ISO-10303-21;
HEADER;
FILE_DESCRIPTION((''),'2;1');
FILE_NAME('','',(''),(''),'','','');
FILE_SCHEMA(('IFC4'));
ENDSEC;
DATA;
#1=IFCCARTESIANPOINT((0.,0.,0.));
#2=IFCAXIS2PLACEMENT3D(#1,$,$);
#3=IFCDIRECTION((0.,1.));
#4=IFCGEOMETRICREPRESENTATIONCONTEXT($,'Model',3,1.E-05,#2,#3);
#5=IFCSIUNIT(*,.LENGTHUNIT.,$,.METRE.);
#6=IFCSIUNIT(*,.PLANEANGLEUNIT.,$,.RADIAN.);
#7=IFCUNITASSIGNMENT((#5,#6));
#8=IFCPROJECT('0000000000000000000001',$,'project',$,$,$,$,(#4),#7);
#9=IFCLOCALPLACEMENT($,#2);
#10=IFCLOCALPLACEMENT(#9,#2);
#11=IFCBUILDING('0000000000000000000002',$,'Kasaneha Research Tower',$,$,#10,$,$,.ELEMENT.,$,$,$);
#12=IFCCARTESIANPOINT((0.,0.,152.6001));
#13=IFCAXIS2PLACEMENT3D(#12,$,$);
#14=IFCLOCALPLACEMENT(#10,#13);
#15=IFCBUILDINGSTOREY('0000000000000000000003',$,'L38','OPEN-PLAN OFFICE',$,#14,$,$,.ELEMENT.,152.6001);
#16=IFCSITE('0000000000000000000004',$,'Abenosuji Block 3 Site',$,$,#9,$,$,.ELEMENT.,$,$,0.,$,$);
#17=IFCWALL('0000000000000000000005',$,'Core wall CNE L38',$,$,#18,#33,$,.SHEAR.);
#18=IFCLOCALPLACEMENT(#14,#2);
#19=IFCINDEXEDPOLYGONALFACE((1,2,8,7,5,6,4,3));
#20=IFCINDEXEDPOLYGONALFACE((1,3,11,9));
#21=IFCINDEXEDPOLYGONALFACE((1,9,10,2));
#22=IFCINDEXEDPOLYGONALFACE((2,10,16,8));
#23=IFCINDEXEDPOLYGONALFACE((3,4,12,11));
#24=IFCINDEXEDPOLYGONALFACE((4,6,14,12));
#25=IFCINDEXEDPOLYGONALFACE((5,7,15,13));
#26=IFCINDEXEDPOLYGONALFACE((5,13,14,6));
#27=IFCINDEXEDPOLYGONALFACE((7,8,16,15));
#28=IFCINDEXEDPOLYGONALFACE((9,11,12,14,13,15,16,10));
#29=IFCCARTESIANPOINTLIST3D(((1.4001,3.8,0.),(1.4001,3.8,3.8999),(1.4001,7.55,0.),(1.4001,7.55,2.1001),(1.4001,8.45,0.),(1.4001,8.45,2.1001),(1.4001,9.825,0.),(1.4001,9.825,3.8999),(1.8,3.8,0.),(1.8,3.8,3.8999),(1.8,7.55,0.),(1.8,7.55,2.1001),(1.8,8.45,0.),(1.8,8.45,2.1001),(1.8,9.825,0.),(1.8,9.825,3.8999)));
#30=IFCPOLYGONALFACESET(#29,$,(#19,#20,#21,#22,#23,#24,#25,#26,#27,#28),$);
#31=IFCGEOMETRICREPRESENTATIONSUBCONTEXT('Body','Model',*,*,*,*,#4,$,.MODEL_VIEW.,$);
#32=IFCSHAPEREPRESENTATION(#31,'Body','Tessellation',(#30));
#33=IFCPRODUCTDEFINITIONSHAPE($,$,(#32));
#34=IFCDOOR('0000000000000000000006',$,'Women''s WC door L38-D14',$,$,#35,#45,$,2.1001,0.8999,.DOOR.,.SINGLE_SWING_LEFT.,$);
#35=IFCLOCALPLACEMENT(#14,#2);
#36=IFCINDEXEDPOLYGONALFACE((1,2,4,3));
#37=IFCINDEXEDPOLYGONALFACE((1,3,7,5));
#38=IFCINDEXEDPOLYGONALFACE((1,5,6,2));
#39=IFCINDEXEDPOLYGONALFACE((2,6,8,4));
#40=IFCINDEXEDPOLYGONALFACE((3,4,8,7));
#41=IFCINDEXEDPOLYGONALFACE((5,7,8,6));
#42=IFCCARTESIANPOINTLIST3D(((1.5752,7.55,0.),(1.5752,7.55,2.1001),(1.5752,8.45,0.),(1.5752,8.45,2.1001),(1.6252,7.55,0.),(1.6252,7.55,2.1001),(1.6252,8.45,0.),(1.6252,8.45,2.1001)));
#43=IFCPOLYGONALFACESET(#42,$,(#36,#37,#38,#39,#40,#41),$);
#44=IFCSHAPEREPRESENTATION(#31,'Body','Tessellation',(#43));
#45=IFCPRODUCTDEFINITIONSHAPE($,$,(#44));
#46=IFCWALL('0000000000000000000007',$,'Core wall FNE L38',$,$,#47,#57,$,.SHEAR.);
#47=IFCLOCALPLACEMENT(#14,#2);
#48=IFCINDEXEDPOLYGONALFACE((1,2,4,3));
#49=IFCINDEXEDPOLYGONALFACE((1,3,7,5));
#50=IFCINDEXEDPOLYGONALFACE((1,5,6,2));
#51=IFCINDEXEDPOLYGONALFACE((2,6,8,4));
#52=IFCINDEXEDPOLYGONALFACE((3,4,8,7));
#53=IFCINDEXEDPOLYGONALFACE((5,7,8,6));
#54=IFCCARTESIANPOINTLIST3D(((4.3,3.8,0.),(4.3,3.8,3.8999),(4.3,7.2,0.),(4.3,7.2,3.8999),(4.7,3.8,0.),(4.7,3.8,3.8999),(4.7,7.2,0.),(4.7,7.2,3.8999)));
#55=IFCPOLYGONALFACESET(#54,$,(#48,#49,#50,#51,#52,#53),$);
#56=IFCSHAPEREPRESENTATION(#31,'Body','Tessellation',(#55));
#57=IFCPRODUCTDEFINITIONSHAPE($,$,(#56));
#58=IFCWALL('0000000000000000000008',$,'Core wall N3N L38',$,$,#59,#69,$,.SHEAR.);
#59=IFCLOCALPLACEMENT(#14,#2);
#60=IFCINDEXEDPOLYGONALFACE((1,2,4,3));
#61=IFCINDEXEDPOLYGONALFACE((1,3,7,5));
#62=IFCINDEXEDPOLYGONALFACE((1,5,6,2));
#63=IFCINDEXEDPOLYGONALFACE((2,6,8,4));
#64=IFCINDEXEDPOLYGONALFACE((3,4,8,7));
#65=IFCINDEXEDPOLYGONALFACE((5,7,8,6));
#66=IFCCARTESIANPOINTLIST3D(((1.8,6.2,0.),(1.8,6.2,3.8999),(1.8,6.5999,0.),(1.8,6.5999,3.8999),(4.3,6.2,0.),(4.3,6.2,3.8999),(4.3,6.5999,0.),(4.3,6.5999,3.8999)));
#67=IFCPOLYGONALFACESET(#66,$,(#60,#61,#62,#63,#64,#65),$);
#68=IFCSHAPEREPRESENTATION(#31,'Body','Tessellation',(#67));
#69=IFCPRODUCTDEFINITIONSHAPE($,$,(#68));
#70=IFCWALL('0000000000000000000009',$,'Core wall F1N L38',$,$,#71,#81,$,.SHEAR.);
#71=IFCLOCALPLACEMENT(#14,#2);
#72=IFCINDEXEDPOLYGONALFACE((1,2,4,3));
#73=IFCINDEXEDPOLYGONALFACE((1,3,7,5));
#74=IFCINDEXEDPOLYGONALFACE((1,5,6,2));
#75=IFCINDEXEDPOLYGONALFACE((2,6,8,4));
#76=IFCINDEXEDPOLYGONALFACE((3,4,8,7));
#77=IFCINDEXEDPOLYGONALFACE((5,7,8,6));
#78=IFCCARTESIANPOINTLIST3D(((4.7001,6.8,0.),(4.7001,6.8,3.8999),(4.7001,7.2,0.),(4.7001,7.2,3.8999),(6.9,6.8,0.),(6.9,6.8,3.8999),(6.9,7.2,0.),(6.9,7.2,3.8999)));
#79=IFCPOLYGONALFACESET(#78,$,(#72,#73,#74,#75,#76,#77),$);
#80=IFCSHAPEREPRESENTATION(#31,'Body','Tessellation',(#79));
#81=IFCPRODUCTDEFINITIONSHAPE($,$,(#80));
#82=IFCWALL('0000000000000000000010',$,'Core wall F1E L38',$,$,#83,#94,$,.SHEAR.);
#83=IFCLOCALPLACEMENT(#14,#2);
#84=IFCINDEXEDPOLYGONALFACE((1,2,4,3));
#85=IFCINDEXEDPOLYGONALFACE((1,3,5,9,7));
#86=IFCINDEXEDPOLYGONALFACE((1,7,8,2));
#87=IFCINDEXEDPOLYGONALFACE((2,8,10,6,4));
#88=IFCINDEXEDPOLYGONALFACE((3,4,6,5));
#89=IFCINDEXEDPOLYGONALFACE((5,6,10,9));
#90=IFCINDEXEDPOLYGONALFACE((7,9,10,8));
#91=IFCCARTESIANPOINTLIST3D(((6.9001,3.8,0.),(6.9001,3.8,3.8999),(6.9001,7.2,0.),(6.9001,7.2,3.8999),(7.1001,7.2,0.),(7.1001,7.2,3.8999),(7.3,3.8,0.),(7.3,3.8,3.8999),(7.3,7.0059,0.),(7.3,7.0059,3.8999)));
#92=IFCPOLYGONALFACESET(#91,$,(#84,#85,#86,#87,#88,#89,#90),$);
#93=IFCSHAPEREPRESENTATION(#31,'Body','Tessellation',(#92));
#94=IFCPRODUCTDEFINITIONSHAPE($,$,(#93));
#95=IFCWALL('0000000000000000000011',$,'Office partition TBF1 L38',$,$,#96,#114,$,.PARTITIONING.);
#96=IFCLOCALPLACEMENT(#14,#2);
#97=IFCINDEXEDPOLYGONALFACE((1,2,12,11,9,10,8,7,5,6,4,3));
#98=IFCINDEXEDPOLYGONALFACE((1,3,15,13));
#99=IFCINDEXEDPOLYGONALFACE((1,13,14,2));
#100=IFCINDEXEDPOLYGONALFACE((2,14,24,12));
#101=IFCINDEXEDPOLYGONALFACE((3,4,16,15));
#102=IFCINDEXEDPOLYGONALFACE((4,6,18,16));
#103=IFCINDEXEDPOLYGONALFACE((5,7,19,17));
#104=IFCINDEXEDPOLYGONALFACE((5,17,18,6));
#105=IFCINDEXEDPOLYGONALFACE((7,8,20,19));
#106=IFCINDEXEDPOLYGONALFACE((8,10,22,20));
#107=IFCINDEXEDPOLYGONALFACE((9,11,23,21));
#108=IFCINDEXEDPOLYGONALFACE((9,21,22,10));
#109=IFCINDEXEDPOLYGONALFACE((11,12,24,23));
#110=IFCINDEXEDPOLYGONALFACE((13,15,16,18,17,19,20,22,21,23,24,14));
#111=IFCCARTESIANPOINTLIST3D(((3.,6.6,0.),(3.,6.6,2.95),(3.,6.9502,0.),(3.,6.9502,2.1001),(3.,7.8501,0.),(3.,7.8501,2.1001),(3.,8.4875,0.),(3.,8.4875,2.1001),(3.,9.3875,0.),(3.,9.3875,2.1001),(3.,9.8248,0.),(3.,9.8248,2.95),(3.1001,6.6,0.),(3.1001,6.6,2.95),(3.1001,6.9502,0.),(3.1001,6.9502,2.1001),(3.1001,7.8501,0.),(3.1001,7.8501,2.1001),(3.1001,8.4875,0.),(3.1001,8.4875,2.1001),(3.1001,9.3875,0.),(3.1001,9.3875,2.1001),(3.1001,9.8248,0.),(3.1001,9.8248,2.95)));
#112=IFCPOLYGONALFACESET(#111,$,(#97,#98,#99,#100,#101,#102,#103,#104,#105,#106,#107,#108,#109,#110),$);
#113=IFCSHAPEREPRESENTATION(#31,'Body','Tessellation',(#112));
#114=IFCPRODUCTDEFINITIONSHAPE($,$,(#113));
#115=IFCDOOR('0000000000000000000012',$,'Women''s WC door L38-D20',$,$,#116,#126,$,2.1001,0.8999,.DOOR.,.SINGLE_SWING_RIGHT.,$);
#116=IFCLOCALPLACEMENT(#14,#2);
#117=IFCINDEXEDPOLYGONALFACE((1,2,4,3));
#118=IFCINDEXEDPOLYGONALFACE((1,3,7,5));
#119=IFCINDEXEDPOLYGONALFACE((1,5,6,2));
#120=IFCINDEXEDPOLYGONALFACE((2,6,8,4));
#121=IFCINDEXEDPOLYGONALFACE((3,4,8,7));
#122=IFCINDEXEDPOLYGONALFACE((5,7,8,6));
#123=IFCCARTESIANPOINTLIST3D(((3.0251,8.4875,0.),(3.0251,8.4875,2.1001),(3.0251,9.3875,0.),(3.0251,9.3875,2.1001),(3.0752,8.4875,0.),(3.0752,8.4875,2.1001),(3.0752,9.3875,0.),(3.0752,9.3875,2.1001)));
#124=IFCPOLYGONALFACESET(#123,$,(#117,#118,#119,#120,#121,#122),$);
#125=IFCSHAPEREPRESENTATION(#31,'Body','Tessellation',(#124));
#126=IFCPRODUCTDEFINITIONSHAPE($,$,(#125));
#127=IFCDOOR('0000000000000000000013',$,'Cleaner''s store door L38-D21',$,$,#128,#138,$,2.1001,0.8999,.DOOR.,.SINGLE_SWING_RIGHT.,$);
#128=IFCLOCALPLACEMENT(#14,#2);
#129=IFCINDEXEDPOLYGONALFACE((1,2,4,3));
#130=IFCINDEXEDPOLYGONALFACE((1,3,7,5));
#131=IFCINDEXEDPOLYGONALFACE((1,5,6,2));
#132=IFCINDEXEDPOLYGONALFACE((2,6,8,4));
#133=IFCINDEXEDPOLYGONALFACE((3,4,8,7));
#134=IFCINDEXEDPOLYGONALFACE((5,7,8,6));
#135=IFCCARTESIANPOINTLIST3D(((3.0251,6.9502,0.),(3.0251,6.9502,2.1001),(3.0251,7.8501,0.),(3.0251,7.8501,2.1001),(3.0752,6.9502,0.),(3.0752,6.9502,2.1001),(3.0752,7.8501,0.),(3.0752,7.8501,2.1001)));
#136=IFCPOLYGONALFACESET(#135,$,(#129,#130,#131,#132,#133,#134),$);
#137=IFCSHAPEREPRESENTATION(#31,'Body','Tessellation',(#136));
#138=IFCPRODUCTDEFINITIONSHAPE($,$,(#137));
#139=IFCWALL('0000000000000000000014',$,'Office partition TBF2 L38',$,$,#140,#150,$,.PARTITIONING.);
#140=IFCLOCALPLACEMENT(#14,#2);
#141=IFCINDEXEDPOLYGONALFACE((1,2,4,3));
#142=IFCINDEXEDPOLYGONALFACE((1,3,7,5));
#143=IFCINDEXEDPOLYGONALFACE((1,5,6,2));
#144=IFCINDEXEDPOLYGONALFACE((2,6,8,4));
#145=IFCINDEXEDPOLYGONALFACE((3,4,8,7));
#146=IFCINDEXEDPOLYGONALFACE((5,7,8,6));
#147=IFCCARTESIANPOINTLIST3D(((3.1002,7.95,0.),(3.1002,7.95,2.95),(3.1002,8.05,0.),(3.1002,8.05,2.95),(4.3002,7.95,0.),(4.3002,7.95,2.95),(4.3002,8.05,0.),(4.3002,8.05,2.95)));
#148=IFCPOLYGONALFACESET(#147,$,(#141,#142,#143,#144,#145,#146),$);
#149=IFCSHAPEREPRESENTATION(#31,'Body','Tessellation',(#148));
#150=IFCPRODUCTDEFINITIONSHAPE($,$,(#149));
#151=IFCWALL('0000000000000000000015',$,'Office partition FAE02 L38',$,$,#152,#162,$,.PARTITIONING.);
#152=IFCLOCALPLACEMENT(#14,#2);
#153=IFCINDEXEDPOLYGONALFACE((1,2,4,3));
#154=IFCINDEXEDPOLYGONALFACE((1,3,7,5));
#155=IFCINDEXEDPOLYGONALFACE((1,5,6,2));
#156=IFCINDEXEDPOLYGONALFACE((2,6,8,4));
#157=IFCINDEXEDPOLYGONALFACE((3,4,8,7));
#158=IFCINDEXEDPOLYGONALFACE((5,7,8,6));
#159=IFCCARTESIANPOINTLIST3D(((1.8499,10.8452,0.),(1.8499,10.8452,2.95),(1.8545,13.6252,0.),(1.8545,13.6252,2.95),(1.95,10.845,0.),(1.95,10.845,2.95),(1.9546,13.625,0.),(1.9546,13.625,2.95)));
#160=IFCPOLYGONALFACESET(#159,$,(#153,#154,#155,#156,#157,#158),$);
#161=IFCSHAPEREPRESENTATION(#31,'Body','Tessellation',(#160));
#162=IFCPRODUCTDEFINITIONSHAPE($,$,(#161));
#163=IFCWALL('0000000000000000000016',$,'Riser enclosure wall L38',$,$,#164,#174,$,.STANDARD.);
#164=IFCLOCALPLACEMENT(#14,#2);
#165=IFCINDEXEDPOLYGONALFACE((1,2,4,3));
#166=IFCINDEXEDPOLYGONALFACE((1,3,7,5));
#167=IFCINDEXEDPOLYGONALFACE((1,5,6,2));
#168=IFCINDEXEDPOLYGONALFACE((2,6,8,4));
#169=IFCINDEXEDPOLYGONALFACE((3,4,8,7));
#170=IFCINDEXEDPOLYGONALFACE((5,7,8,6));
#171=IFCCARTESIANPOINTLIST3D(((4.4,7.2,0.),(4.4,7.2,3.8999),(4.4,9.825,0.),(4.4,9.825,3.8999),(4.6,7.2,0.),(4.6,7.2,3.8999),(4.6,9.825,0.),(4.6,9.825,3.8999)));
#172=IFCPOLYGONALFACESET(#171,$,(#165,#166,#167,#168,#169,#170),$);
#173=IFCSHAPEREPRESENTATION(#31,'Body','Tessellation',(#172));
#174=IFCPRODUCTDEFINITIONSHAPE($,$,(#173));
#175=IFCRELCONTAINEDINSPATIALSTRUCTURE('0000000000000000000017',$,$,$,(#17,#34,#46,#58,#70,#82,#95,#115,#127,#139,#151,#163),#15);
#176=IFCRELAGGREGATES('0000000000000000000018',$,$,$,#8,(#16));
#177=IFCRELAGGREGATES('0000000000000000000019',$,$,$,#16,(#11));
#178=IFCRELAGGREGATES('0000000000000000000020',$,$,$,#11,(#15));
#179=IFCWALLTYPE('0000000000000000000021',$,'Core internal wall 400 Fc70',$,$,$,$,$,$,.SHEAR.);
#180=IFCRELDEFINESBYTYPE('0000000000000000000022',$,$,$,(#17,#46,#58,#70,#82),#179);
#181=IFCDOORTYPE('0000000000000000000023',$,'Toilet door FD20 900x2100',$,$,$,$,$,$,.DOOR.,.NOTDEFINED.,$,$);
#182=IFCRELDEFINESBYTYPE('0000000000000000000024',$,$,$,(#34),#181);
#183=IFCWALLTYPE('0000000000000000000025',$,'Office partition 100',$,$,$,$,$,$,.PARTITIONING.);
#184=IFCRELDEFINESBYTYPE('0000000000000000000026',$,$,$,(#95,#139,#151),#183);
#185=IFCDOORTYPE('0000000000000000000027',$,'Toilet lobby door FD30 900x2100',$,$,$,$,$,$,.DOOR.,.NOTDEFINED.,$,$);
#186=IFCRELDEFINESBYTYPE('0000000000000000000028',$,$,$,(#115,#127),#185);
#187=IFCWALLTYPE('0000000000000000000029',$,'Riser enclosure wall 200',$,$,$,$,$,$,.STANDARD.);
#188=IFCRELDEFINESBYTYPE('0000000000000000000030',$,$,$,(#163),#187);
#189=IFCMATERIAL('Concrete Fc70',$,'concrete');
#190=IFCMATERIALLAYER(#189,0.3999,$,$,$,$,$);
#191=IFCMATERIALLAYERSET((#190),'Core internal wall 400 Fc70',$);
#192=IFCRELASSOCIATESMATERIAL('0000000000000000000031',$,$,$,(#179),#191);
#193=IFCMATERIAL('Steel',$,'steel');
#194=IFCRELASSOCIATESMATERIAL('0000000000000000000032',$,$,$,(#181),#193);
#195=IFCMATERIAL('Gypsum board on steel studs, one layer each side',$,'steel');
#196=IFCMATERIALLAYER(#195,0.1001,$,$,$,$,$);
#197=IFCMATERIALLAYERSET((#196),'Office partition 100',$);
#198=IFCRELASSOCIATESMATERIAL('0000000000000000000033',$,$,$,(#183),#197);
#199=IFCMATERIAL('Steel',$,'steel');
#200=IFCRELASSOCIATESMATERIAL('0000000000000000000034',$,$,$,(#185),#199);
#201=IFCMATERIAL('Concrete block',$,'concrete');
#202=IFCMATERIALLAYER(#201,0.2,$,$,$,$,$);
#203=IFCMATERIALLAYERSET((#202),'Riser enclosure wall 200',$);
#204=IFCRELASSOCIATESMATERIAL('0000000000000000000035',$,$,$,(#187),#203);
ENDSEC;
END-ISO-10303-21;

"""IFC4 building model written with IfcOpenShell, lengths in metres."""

from ifc_helpers import new_model, si_unit, direction, frame, frame_2d, origin, place, context, subcontext, project, spatial, polyline, rectangle, outline, extrude, material, layer, layer_set, type_object, element, fill, save


model = new_model("IFC4")

# Units and contexts
model_context = context("Model", 3, precision=1e-05, world=origin(), true_north=direction((0.0, 1.0)))
body_context = subcontext(model_context, "Body", "Model", "MODEL_VIEW")
ifc_project = project(units=[si_unit("LENGTHUNIT", "METRE"), si_unit("PLANEANGLEUNIT", "RADIAN")], contexts=[model_context])

# Site, building, storey
site_placement = place(None, origin())
site = spatial("IfcSite", under=ifc_project, at=site_placement, Name="Abenosuji Block 3 Site", CompositionType="ELEMENT", RefElevation=0.0)
building_placement = place(site_placement, origin())
building = spatial("IfcBuilding", under=site, at=building_placement, Name="Kasaneha Research Tower", CompositionType="ELEMENT")
storey_placement = place(building_placement, frame((0.0, 0.0, 152.6001)))
storey = spatial("IfcBuildingStorey", under=building, at=storey_placement, Name="L38", Description="OPEN-PLAN OFFICE", CompositionType="ELEMENT", Elevation=152.6001)

# Wall, opening, door
ifc_material_1 = material(Name="Concrete Fc70", Category="concrete")
ifc_layer_1 = layer(ifc_material_1, 0.3999)
ifc_layer_set_1 = layer_set([ifc_layer_1], Name="Core internal wall 400 Fc70")
wall_type_1 = type_object("IfcWallType", Name="Core internal wall 400 Fc70", PredefinedType="SHEAR", material=ifc_layer_set_1)
wall_1_placement = place(storey_placement, frame((1.6001, 3.8, 0.0), z_axis=(0.0, 0.0, 1.0), x_axis=(0.0, 1.0, 0.0)))
wall_1 = element("IfcWall", 1, at=wall_1_placement, inside=storey, type_object=wall_type_1, Name="Core wall CNE L38", PredefinedType="SHEAR", context=body_context, shape_type="SweptSolid", body=[
    extrude(rectangle(XDim=6.0249, YDim=0.3999, at=frame_2d((3.0125, 0.0))), origin(), (0.0, 0.0, 1.0), 3.8999),
])
opening_1_placement = place(wall_1_placement, frame((3.75, 0.0, 0.0)))
opening_1 = element("IfcOpeningElement", 2, at=opening_1_placement, cuts=wall_1, PredefinedType="OPENING", context=body_context, shape_type="SweptSolid", body=[
    extrude(rectangle(XDim=0.8999, YDim=2.1001, at=frame_2d((0.45, 1.05))), frame((0.0, 0.21, 0.0), z_axis=(0.0, -1.0, 0.0), x_axis=(1.0, 0.0, 0.0)), (0.0, 0.0, 1.0), 0.4199),
])
ifc_material_2 = material(Name="Steel", Category="steel")
door_type_1 = type_object("IfcDoorType", Name="Toilet door FD20 900x2100", OperationType="NOTDEFINED", PredefinedType="DOOR", material=ifc_material_2)
door_1_placement = place(opening_1_placement, origin())
door_1 = element("IfcDoor", 3, at=door_1_placement, inside=storey, type_object=door_type_1, Name="Women's WC door L38-D14", OperationType="SINGLE_SWING_LEFT", OverallHeight=2.1001, OverallWidth=0.8999, PredefinedType="DOOR", context=body_context, shape_type="SweptSolid", body=[
    extrude(rectangle(XDim=0.8999, YDim=2.1001, at=frame_2d((0.45, 1.05))), frame((0.0, 0.0249, 0.0), z_axis=(0.0, -1.0, 0.0), x_axis=(1.0, 0.0, 0.0)), (0.0, 0.0, 1.0), 0.05),
])
fill(opening_1, door_1)

# Walls
wall_2_placement = place(storey_placement, frame((4.5, 3.8, 0.0), z_axis=(0.0, 0.0, 1.0), x_axis=(0.0, 1.0, 0.0)))
element("IfcWall", 4, at=wall_2_placement, inside=storey, type_object=wall_type_1, Name="Core wall FNE L38", PredefinedType="SHEAR", context=body_context, shape_type="SweptSolid", body=[
    extrude(rectangle(XDim=3.3999, YDim=0.3999, at=frame_2d((1.7, 0.0))), origin(), (0.0, 0.0, 1.0), 3.8999),
])
wall_3_placement = place(storey_placement, frame((1.8, 6.3999, 0.0), z_axis=(0.0, 0.0, 1.0), x_axis=(1.0, 0.0, 0.0)))
element("IfcWall", 5, at=wall_3_placement, inside=storey, type_object=wall_type_1, Name="Core wall N3N L38", PredefinedType="SHEAR", context=body_context, shape_type="SweptSolid", body=[
    extrude(rectangle(XDim=2.5, YDim=0.3999, at=frame_2d((1.25, 0.0))), origin(), (0.0, 0.0, 1.0), 3.8999),
])
wall_4_placement = place(storey_placement, frame((4.7, 7.0, 0.0), z_axis=(0.0, 0.0, 1.0), x_axis=(1.0, 0.0, 0.0)))
element("IfcWall", 6, at=wall_4_placement, inside=storey, type_object=wall_type_1, Name="Core wall F1N L38", PredefinedType="SHEAR", context=body_context, shape_type="SweptSolid", body=[
    extrude(rectangle(XDim=2.2, YDim=0.3999, at=frame_2d((1.1001, 0.0))), origin(), (0.0, 0.0, 1.0), 3.8999),
])
wall_5_placement = place(storey_placement, frame((7.1001, 3.8, 0.0), z_axis=(0.0, 0.0, 1.0), x_axis=(0.0, 1.0, 0.0)))
element("IfcWall", 7, at=wall_5_placement, inside=storey, type_object=wall_type_1, Name="Core wall F1E L38", PredefinedType="SHEAR", context=body_context, shape_type="SweptSolid", body=[
    extrude(outline(polyline([(0.0, -0.2), (3.2058, -0.2), (3.3999, 0.0), (3.3999, 0.2), (0.0, 0.2), (0.0, -0.2)])), origin(), (0.0, 0.0, 1.0), 3.8999),
])

# Wall, openings, doors
ifc_material_3 = material(Name="Gypsum board on steel studs, one layer each side", Category="steel")
ifc_layer_2 = layer(ifc_material_3, 0.1001)
ifc_layer_set_2 = layer_set([ifc_layer_2], Name="Office partition 100")
wall_type_2 = type_object("IfcWallType", Name="Office partition 100", PredefinedType="PARTITIONING", material=ifc_layer_set_2)
wall_6_placement = place(storey_placement, frame((3.05, 6.6001, 0.0), z_axis=(0.0, 0.0, 1.0), x_axis=(0.0, 1.0, 0.0)))
wall_6 = element("IfcWall", 8, at=wall_6_placement, inside=storey, type_object=wall_type_2, Name="Office partition TBF1 L38", PredefinedType="PARTITIONING", context=body_context, shape_type="SweptSolid", body=[
    extrude(rectangle(XDim=3.2249, YDim=0.1001, at=frame_2d((1.6123, 0.0))), origin(), (0.0, 0.0, 1.0), 2.95),
])
opening_2_placement = place(wall_6_placement, frame((1.8875, 0.0, 0.0)))
opening_2 = element("IfcOpeningElement", 9, at=opening_2_placement, cuts=wall_6, PredefinedType="OPENING", context=body_context, shape_type="SweptSolid", body=[
    extrude(rectangle(XDim=0.8999, YDim=2.1001, at=frame_2d((0.45, 1.05))), frame((0.0, 0.0601, 0.0), z_axis=(0.0, -1.0, 0.0), x_axis=(1.0, 0.0, 0.0)), (0.0, 0.0, 1.0), 0.1201),
])
opening_3_placement = place(wall_6_placement, frame((0.3501, 0.0, 0.0)))
opening_3 = element("IfcOpeningElement", 10, at=opening_3_placement, cuts=wall_6, PredefinedType="OPENING", context=body_context, shape_type="SweptSolid", body=[
    extrude(rectangle(XDim=0.8999, YDim=2.1001, at=frame_2d((0.45, 1.05))), frame((0.0, 0.0601, 0.0), z_axis=(0.0, -1.0, 0.0), x_axis=(1.0, 0.0, 0.0)), (0.0, 0.0, 1.0), 0.1201),
])
ifc_material_4 = material(Name="Steel", Category="steel")
door_type_2 = type_object("IfcDoorType", Name="Toilet lobby door FD30 900x2100", OperationType="NOTDEFINED", PredefinedType="DOOR", material=ifc_material_4)
door_2_placement = place(opening_2_placement, origin())
door_2 = element("IfcDoor", 11, at=door_2_placement, inside=storey, type_object=door_type_2, Name="Women's WC door L38-D20", OperationType="SINGLE_SWING_RIGHT", OverallHeight=2.1001, OverallWidth=0.8999, PredefinedType="DOOR", context=body_context, shape_type="SweptSolid", body=[
    extrude(rectangle(XDim=0.8999, YDim=2.1001, at=frame_2d((0.45, 1.05))), frame((0.0, 0.0249, 0.0), z_axis=(0.0, -1.0, 0.0), x_axis=(1.0, 0.0, 0.0)), (0.0, 0.0, 1.0), 0.05),
])
fill(opening_2, door_2)
door_3_placement = place(opening_3_placement, origin())
door_3 = element("IfcDoor", 12, at=door_3_placement, inside=storey, type_object=door_type_2, Name="Cleaner's store door L38-D21", OperationType="SINGLE_SWING_RIGHT", OverallHeight=2.1001, OverallWidth=0.8999, PredefinedType="DOOR", context=body_context, shape_type="SweptSolid", body=[
    extrude(rectangle(XDim=0.8999, YDim=2.1001, at=frame_2d((0.45, 1.05))), frame((0.0, 0.0249, 0.0), z_axis=(0.0, -1.0, 0.0), x_axis=(1.0, 0.0, 0.0)), (0.0, 0.0, 1.0), 0.05),
])
fill(opening_3, door_3)

# Walls
wall_7_placement = place(storey_placement, frame((3.1001, 8.0, 0.0), z_axis=(0.0, 0.0, 1.0), x_axis=(1.0, 0.0, 0.0)))
element("IfcWall", 13, at=wall_7_placement, inside=storey, type_object=wall_type_2, Name="Office partition TBF2 L38", PredefinedType="PARTITIONING", context=body_context, shape_type="SweptSolid", body=[
    extrude(rectangle(XDim=1.2, YDim=0.1001, at=frame_2d((0.6001, 0.0))), origin(), (0.0, 0.0, 1.0), 2.95),
])
wall_8_placement = place(storey_placement, frame((1.8999, 10.845, 0.0), z_axis=(0.0, 0.0, 1.0), x_axis=(0.001669, 0.999999, 0.0)))
element("IfcWall", 14, at=wall_8_placement, inside=storey, type_object=wall_type_2, Name="Office partition FAE02 L38", PredefinedType="PARTITIONING", context=body_context, shape_type="SweptSolid", body=[
    extrude(rectangle(XDim=2.78, YDim=0.1001, at=frame_2d((1.3901, 0.0))), origin(), (0.0, 0.0, 1.0), 2.95),
])
ifc_material_5 = material(Name="Concrete block", Category="concrete")
ifc_layer_3 = layer(ifc_material_5, 0.2)
ifc_layer_set_3 = layer_set([ifc_layer_3], Name="Riser enclosure wall 200")
wall_type_3 = type_object("IfcWallType", Name="Riser enclosure wall 200", PredefinedType="STANDARD", material=ifc_layer_set_3)
wall_9_placement = place(storey_placement, frame((4.5, 7.2, 0.0), z_axis=(0.0, 0.0, 1.0), x_axis=(0.0, 1.0, 0.0)))
element("IfcWall", 15, at=wall_9_placement, inside=storey, type_object=wall_type_3, Name="Riser enclosure wall L38", PredefinedType="STANDARD", context=body_context, shape_type="SweptSolid", body=[
    extrude(rectangle(XDim=2.625, YDim=0.2, at=frame_2d((1.3125, 0.0))), origin(), (0.0, 0.0, 1.0), 3.8999),
])

save(model, "model.ifc")
